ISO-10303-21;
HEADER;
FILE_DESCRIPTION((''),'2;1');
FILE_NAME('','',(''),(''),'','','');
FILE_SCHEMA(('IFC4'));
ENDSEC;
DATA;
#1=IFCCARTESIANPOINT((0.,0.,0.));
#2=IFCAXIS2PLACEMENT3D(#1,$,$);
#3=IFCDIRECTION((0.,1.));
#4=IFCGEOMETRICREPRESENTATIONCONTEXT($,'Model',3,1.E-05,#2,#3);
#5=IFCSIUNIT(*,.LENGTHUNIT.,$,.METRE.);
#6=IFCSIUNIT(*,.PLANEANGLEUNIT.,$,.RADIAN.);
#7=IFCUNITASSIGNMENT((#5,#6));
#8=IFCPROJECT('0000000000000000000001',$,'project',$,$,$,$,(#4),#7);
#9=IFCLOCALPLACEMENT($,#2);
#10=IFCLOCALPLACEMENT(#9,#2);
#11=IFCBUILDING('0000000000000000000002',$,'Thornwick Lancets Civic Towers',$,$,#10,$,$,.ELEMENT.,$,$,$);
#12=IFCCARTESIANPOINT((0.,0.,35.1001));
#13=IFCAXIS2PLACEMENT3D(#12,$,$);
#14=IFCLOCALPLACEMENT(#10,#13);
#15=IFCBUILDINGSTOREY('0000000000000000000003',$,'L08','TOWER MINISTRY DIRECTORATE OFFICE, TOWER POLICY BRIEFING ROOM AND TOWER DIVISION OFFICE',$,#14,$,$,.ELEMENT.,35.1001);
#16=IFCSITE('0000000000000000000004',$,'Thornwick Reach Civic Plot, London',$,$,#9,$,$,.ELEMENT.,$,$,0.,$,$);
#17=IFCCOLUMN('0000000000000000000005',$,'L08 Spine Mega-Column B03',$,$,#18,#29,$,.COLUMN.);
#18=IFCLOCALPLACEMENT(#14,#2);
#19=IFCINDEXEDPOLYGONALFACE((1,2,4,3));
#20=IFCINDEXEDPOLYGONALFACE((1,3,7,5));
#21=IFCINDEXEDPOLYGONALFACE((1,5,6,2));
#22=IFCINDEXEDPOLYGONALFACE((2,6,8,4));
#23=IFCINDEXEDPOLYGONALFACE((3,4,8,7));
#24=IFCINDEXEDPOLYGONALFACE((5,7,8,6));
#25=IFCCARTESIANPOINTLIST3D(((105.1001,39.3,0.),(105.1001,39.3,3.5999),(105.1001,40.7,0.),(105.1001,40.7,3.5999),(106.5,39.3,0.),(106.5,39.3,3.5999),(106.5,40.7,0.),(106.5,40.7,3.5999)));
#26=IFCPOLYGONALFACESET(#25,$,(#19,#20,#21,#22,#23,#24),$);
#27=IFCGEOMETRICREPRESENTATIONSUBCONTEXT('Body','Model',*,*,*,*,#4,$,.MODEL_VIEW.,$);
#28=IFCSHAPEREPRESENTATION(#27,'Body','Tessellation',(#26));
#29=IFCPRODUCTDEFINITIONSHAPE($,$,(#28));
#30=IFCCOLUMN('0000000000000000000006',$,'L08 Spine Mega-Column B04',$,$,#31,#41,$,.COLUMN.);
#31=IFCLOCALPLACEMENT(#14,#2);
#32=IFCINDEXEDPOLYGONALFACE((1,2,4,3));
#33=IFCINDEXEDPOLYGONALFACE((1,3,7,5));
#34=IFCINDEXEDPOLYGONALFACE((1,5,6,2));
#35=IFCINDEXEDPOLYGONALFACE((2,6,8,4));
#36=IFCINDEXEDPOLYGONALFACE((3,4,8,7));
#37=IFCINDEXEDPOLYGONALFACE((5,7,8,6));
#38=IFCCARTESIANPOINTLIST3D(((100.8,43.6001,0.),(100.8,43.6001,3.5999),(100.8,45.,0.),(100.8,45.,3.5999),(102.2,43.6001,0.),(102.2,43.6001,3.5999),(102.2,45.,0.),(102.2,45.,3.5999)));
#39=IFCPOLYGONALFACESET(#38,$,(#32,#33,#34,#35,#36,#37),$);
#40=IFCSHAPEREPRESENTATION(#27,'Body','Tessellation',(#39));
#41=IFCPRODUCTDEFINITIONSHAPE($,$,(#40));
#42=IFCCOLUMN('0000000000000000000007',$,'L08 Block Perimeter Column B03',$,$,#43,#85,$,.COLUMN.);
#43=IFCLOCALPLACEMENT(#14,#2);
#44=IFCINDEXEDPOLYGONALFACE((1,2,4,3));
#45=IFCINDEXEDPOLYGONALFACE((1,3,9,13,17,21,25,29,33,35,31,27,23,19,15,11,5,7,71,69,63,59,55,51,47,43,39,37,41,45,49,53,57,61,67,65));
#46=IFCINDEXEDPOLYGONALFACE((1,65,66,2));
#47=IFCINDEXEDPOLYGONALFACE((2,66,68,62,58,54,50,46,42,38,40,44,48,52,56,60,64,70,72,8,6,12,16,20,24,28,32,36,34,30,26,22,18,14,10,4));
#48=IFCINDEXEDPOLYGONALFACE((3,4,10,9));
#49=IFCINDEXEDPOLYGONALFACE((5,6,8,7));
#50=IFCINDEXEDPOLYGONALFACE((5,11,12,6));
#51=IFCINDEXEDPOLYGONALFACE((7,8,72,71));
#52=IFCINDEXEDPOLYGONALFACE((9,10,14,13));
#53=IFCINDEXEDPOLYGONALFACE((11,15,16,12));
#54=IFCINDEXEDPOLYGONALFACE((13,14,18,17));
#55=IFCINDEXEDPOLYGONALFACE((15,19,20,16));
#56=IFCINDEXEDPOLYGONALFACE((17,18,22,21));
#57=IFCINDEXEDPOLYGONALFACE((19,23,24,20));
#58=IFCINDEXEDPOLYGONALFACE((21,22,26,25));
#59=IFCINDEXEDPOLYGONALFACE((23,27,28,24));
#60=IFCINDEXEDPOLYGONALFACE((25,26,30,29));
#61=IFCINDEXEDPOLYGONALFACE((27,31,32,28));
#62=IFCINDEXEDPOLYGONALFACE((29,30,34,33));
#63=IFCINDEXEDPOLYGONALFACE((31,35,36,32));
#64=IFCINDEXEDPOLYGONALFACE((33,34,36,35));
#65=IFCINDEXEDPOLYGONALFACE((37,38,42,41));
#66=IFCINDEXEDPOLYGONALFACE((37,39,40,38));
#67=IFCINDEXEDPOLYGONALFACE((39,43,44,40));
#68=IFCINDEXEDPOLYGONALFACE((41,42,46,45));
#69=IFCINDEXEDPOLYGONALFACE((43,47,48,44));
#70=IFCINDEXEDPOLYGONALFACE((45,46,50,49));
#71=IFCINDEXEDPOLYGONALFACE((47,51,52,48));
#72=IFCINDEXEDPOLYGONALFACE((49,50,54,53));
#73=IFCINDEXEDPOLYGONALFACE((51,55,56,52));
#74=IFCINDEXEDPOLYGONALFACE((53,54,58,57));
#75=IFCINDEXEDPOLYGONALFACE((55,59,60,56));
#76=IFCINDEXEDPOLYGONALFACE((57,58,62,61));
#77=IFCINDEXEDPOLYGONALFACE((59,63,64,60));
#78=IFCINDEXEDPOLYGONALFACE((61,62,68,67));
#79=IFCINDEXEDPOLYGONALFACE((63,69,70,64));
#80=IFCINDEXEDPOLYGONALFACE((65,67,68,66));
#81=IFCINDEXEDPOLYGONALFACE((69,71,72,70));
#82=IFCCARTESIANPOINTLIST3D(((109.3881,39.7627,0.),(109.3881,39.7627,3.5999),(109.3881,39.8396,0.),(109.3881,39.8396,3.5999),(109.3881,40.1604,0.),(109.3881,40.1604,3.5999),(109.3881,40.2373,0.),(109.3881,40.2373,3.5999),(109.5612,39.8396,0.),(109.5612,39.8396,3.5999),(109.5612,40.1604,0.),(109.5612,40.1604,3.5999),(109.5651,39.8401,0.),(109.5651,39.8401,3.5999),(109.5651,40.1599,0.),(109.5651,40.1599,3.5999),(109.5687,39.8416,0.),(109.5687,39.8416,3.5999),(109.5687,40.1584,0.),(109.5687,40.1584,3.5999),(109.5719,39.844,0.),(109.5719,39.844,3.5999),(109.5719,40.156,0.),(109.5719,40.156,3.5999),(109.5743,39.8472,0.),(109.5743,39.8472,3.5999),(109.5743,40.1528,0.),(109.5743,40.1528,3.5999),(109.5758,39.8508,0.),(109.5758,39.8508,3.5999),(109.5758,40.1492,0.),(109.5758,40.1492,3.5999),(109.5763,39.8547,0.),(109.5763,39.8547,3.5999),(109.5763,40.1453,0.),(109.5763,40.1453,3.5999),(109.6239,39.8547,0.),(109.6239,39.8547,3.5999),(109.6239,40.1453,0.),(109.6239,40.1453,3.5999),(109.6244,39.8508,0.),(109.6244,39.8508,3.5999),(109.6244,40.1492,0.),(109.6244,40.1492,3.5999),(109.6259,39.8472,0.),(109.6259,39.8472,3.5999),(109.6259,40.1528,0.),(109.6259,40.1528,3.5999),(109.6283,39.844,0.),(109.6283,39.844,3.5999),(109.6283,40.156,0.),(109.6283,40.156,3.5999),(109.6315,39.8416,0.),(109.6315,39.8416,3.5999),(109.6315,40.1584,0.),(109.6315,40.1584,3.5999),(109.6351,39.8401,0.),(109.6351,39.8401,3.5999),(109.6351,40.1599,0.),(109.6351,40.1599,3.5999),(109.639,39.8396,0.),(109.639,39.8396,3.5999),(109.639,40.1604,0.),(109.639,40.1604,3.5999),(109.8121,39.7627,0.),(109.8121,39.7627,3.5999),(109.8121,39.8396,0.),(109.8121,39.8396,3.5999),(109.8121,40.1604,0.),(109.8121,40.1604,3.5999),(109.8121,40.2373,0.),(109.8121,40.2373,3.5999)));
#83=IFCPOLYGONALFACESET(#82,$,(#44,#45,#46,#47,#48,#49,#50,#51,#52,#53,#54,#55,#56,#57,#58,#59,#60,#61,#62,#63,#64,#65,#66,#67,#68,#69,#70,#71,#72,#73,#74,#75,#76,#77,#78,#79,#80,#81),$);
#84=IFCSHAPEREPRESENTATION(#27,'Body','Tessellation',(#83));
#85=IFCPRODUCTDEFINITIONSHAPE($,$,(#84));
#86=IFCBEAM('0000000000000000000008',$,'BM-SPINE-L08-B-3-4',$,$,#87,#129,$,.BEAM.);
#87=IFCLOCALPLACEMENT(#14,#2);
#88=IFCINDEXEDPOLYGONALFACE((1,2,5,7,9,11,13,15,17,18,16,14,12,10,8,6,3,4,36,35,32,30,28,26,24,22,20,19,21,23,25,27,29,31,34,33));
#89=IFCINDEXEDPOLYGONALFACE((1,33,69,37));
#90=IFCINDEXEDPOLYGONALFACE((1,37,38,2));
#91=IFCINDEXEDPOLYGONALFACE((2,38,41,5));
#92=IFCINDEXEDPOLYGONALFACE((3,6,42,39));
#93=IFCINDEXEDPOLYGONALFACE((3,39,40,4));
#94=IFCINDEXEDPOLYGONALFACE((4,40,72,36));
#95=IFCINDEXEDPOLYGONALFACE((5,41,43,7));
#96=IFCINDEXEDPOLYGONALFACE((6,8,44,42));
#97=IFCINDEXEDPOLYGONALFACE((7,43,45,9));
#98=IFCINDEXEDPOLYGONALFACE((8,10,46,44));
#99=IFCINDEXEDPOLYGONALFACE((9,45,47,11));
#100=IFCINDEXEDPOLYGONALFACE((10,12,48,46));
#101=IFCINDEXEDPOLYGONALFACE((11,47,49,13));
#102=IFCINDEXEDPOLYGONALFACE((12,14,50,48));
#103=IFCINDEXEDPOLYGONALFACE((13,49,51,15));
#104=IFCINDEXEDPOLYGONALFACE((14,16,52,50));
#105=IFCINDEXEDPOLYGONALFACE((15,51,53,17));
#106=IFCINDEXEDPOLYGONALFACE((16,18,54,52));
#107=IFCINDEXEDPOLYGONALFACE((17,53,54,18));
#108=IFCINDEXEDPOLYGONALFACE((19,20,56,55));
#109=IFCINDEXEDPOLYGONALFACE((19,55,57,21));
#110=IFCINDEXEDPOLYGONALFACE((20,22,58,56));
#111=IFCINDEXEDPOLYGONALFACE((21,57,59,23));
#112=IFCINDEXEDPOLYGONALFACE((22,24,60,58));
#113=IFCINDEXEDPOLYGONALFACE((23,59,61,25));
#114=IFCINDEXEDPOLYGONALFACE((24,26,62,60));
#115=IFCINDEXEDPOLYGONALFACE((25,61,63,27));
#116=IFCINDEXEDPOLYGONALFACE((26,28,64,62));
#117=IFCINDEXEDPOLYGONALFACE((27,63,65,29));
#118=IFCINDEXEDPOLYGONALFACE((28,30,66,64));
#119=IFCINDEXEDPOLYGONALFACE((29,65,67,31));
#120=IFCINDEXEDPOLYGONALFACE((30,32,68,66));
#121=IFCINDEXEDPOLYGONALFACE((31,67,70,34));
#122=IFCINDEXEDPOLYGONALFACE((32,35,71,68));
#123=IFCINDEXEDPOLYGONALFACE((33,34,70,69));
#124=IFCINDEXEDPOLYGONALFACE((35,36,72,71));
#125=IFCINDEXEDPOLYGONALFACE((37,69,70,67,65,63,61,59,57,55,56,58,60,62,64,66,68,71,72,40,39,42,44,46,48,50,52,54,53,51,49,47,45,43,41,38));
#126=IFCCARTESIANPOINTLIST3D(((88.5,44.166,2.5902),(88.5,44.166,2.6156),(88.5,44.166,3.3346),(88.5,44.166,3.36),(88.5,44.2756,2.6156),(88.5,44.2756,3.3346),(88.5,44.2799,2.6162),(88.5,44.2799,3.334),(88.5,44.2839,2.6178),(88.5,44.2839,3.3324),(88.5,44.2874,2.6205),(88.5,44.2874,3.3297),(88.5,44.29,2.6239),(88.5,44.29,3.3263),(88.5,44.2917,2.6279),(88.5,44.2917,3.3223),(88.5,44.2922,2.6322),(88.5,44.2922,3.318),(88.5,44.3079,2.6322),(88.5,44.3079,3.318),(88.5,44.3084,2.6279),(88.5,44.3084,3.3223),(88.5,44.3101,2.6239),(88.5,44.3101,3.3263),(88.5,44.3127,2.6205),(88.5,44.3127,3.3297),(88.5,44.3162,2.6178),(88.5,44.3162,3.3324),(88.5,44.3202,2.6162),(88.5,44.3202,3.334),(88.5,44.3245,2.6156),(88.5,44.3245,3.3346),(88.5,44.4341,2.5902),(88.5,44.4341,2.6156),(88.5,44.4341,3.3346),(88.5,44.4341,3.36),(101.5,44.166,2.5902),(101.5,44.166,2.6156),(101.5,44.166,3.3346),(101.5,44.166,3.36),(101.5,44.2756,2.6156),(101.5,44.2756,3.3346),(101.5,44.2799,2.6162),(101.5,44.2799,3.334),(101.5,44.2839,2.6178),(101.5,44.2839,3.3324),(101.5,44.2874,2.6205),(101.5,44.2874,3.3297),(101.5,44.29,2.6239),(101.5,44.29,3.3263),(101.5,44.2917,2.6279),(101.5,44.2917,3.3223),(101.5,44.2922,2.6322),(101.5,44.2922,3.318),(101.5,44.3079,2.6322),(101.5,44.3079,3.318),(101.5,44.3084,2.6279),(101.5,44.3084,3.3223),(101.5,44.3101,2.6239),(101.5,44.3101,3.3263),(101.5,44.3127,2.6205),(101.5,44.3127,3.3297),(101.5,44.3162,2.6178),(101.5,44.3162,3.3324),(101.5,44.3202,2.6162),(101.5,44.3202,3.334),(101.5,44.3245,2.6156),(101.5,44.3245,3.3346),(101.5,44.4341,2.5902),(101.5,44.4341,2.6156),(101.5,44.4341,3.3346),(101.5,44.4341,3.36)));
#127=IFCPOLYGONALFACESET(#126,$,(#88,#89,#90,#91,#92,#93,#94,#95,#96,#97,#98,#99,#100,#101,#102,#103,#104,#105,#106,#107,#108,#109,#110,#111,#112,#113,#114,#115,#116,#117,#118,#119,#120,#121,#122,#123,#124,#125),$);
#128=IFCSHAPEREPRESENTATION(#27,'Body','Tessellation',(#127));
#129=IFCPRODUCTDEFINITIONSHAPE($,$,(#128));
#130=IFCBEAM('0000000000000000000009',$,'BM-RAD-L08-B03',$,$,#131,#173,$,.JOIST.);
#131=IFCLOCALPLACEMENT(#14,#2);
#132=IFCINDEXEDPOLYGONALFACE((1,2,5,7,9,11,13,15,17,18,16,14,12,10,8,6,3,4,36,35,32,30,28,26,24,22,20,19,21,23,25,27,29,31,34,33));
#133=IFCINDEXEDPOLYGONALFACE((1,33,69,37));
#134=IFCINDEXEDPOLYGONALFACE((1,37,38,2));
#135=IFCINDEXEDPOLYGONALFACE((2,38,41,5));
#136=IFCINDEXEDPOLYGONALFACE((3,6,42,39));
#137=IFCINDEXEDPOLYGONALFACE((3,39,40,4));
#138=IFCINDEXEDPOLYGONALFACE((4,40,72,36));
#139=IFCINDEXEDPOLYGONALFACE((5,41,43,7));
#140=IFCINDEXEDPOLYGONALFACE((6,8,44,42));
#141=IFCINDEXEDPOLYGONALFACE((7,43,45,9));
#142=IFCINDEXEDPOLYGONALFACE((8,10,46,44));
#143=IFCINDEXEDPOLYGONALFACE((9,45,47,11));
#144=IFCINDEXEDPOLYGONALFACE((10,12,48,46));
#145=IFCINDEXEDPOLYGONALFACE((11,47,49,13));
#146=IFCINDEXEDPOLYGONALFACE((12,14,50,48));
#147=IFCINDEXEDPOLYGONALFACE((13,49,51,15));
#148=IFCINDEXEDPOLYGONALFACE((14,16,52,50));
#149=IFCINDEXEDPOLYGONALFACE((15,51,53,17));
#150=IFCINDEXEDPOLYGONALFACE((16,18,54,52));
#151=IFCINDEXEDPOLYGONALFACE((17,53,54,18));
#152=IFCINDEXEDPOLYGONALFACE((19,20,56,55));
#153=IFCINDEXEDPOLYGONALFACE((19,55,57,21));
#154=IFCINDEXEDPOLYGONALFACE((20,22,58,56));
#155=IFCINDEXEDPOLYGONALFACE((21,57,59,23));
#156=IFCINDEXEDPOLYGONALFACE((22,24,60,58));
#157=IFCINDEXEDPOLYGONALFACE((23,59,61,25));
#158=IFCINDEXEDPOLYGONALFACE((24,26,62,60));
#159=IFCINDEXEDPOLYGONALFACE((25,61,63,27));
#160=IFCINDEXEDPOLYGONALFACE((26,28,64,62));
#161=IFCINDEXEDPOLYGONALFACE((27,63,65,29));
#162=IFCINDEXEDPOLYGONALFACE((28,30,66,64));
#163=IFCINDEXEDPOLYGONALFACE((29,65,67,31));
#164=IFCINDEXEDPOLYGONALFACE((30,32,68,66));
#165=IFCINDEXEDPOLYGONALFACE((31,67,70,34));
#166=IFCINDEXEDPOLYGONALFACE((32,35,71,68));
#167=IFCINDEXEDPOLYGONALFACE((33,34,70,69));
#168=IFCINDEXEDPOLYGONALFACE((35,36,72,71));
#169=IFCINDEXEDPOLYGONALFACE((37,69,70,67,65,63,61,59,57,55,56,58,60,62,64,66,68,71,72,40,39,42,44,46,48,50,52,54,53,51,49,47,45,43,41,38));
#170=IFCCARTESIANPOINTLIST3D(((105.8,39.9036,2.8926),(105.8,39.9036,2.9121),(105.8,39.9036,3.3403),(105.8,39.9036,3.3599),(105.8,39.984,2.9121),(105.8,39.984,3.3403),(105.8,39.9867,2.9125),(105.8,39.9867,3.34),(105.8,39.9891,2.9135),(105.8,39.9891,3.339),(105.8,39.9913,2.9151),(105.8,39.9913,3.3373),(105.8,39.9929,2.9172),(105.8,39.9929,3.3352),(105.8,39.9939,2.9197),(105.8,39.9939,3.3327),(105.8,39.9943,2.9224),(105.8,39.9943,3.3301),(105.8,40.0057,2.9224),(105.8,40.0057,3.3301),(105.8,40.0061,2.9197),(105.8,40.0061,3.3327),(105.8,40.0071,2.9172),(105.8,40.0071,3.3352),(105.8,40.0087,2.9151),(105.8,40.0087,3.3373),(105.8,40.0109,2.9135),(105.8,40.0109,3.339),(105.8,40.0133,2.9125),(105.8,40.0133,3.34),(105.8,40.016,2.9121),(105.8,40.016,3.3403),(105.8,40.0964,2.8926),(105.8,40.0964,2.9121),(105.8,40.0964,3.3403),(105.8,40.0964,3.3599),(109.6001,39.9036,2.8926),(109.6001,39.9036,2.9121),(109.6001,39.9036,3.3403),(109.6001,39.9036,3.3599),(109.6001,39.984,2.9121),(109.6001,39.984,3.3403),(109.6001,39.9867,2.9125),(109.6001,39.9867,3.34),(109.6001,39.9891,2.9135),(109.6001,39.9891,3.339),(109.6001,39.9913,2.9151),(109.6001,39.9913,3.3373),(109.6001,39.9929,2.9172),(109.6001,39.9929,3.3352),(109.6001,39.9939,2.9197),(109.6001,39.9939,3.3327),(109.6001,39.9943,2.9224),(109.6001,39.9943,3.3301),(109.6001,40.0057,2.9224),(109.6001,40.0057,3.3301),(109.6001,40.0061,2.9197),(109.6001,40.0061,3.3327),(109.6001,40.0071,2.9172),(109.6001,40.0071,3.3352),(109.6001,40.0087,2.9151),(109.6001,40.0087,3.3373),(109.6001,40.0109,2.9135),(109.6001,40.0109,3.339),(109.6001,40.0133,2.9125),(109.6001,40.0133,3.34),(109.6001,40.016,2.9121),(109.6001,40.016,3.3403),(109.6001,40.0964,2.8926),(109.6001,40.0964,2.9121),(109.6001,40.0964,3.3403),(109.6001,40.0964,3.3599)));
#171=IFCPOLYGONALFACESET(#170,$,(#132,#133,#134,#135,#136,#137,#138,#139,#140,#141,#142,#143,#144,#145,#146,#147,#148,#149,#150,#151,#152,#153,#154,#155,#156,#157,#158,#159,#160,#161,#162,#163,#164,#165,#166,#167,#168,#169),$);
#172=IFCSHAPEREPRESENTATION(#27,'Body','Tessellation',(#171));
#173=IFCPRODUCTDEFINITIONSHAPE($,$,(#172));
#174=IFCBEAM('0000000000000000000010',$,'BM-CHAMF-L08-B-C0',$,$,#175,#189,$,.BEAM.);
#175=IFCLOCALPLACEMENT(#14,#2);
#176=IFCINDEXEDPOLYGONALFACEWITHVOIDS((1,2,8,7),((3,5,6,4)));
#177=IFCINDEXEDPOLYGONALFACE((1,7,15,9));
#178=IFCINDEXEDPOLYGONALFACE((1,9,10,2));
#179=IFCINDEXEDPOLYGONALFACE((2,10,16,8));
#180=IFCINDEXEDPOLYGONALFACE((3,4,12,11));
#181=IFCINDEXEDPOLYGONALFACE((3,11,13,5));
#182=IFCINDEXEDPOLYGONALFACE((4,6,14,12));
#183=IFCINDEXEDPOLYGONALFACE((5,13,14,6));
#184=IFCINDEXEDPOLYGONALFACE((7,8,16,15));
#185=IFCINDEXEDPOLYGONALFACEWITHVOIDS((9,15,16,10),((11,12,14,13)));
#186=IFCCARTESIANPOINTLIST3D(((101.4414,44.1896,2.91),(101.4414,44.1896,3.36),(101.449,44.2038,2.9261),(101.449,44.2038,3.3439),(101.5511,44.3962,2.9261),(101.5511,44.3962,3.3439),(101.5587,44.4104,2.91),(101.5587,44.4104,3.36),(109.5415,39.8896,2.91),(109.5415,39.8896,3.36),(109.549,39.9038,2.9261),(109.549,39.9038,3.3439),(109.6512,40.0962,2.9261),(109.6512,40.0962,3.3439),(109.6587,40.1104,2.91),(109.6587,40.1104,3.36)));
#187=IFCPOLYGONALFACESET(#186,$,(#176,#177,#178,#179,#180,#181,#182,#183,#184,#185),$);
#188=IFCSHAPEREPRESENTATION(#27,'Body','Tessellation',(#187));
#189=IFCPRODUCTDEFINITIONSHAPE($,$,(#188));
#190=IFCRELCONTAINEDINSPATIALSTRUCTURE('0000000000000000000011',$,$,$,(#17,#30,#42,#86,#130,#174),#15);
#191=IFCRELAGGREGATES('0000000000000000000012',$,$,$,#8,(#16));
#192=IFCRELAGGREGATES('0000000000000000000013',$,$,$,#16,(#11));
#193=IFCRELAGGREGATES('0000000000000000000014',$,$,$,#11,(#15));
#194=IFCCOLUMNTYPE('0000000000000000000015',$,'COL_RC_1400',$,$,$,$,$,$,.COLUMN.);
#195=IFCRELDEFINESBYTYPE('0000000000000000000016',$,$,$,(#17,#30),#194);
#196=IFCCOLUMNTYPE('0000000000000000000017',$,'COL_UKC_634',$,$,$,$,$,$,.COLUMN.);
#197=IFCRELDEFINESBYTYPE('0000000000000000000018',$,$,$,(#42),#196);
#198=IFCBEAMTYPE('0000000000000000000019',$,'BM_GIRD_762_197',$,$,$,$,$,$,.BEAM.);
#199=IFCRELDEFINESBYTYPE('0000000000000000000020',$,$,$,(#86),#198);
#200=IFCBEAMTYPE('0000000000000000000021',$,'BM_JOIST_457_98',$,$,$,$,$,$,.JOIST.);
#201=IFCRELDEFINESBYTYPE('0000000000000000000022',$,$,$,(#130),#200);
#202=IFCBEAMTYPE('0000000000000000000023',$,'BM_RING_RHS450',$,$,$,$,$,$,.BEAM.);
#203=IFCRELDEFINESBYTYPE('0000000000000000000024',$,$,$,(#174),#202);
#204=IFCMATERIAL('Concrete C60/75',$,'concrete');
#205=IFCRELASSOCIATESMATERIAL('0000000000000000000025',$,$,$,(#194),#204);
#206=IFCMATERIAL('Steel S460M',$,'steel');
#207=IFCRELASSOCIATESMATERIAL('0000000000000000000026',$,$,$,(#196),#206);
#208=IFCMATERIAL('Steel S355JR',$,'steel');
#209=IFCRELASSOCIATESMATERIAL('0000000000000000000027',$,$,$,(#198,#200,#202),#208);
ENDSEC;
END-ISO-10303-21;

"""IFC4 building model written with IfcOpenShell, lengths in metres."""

from ifc_helpers import new_model, si_unit, direction, frame, origin, origin_2d, place, context, subcontext, project, spatial, rectangle, hollow_rectangle, i_section, extrude, material, material_profile, profile_set, type_object, element, save


model = new_model("IFC4")

# Units and contexts
model_context = context("Model", 3, precision=1e-05, world=origin(), true_north=direction((0.0, 1.0)))
body_context = subcontext(model_context, "Body", "Model", "MODEL_VIEW")
ifc_project = project(units=[si_unit("LENGTHUNIT", "METRE"), si_unit("PLANEANGLEUNIT", "RADIAN")], contexts=[model_context])

# Site, building, storey
site_placement = place(None, origin())
site = spatial("IfcSite", under=ifc_project, at=site_placement, Name="Thornwick Reach Civic Plot, London", CompositionType="ELEMENT", RefElevation=0.0)
building_placement = place(site_placement, origin())
building = spatial("IfcBuilding", under=site, at=building_placement, Name="Thornwick Lancets Civic Towers", CompositionType="ELEMENT")
storey_placement = place(building_placement, frame((0.0, 0.0, 35.1001)))
storey = spatial("IfcBuildingStorey", under=building, at=storey_placement, Name="L08", Description="TOWER MINISTRY DIRECTORATE OFFICE, TOWER POLICY BRIEFING ROOM AND TOWER DIVISION OFFICE", CompositionType="ELEMENT", Elevation=35.1001)

# Columns
ifc_material_1 = material(Name="Concrete C60/75", Category="concrete")
ifc_material_profile_1 = material_profile(ifc_material_1, rectangle(XDim=1.3999, YDim=1.3999, at=origin_2d()), Name="RC 1400x1400")
ifc_profile_set_1 = profile_set([ifc_material_profile_1], Name="Concrete C60/75")
column_type_1 = type_object("IfcColumnType", Name="COL_RC_1400", PredefinedType="COLUMN", material=ifc_profile_set_1)
for number, where, z_axis, x_axis, name in (
    (1, (105.8, 40.0, 0.0), (0.0, 0.0, 1.0), (1.0, 0.0, 0.0), "L08 Spine Mega-Column B03"),
    (2, (101.5, 44.3, 0.0), (0.0, 0.0, 1.0), (1.0, 0.0, 0.0), "L08 Spine Mega-Column B04"),
):
    element("IfcColumn", number, at=place(storey_placement, frame(where, z_axis=z_axis, x_axis=x_axis)), inside=storey, type_object=column_type_1, Name=name, PredefinedType="COLUMN", context=body_context, shape_type="SweptSolid", body=[
        extrude(rectangle(XDim=1.3999, YDim=1.3999, at=origin_2d()), origin(), (0.0, 0.0, 1.0), 3.5999),
    ])
ifc_material_2 = material(Name="Steel S460M", Category="steel")
ifc_material_profile_2 = material_profile(ifc_material_2, i_section(OverallWidth=0.4241, OverallDepth=0.4746, WebThickness=0.0476, FlangeThickness=0.0769, FilletRadius=0.0151, at=origin_2d()), Name="UKC 356x406x634")
ifc_profile_set_2 = profile_set([ifc_material_profile_2], Name="Steel S460M")
column_type_2 = type_object("IfcColumnType", Name="COL_UKC_634", PredefinedType="COLUMN", material=ifc_profile_set_2)
column_placement = place(storey_placement, frame((109.6001, 40.0, 0.0), z_axis=(0.0, 0.0, 1.0), x_axis=(1.0, 0.0, 0.0)))
element("IfcColumn", 3, at=column_placement, inside=storey, type_object=column_type_2, Name="L08 Block Perimeter Column B03", PredefinedType="COLUMN", context=body_context, shape_type="SweptSolid", body=[
    extrude(i_section(OverallWidth=0.4241, OverallDepth=0.4746, WebThickness=0.0476, FlangeThickness=0.0769, FilletRadius=0.0151, at=origin_2d()), origin(), (0.0, 0.0, 1.0), 3.5999),
])

# Beams
ifc_material_3 = material(Name="Steel S355JR", Category="steel")
ifc_material_profile_3 = material_profile(ifc_material_3, i_section(OverallWidth=0.2681, OverallDepth=0.7698, WebThickness=0.0156, FlangeThickness=0.0254, FilletRadius=0.0166, at=origin_2d()), Name="UKB 762x267x197")
ifc_profile_set_3 = profile_set([ifc_material_profile_3], Name="Steel S355JR")
beam_type_1 = type_object("IfcBeamType", Name="BM_GIRD_762_197", PredefinedType="BEAM", material=ifc_profile_set_3)
beam_1_placement = place(storey_placement, frame((101.5, 44.3, 2.9751), z_axis=(-1.0, 0.0, 0.0), x_axis=(0.0, -1.0, 0.0)))
element("IfcBeam", 4, at=beam_1_placement, inside=storey, type_object=beam_type_1, Name="BM-SPINE-L08-B-3-4", PredefinedType="BEAM", context=body_context, shape_type="SweptSolid", body=[
    extrude(i_section(OverallWidth=0.2681, OverallDepth=0.7698, WebThickness=0.0156, FlangeThickness=0.0254, FilletRadius=0.0166, at=origin_2d()), origin(), (0.0, 0.0, 1.0), 13.0),
])
ifc_material_profile_4 = material_profile(ifc_material_3, i_section(OverallWidth=0.1929, OverallDepth=0.4673, WebThickness=0.0115, FlangeThickness=0.0195, FilletRadius=0.0103, at=origin_2d()), Name="UKB 457x191x98")
ifc_profile_set_4 = profile_set([ifc_material_profile_4], Name="Steel S355JR")
beam_type_2 = type_object("IfcBeamType", Name="BM_JOIST_457_98", PredefinedType="JOIST", material=ifc_profile_set_4)
beam_2_placement = place(storey_placement, frame((105.8, 40.0, 3.1262), z_axis=(1.0, 0.0, 0.0), x_axis=(0.0, 1.0, 0.0)))
element("IfcBeam", 5, at=beam_2_placement, inside=storey, type_object=beam_type_2, Name="BM-RAD-L08-B03", PredefinedType="JOIST", context=body_context, shape_type="SweptSolid", body=[
    extrude(i_section(OverallWidth=0.1929, OverallDepth=0.4673, WebThickness=0.0115, FlangeThickness=0.0195, FilletRadius=0.0103, at=origin_2d()), origin(), (0.0, 0.0, 1.0), 3.8),
])
ifc_material_profile_5 = material_profile(ifc_material_3, hollow_rectangle(XDim=0.25, YDim=0.45, WallThickness=0.0161, at=origin_2d()), Name="RHS 450x250x16")
ifc_profile_set_5 = profile_set([ifc_material_profile_5], Name="Steel S355JR")
beam_type_3 = type_object("IfcBeamType", Name="BM_RING_RHS450", PredefinedType="BEAM", material=ifc_profile_set_5)
beam_3_placement = place(storey_placement, frame((109.6001, 40.0, 3.135), z_axis=(-0.883257, 0.468889, 0.0), x_axis=(-0.468889, -0.883257, 0.0)))
element("IfcBeam", 6, at=beam_3_placement, inside=storey, type_object=beam_type_3, Name="BM-CHAMF-L08-B-C0", PredefinedType="BEAM", context=body_context, shape_type="SweptSolid", body=[
    extrude(hollow_rectangle(XDim=0.25, YDim=0.45, WallThickness=0.0161, at=origin_2d()), origin(), (0.0, 0.0, 1.0), 9.1707),
])

save(model, "model.ifc")
